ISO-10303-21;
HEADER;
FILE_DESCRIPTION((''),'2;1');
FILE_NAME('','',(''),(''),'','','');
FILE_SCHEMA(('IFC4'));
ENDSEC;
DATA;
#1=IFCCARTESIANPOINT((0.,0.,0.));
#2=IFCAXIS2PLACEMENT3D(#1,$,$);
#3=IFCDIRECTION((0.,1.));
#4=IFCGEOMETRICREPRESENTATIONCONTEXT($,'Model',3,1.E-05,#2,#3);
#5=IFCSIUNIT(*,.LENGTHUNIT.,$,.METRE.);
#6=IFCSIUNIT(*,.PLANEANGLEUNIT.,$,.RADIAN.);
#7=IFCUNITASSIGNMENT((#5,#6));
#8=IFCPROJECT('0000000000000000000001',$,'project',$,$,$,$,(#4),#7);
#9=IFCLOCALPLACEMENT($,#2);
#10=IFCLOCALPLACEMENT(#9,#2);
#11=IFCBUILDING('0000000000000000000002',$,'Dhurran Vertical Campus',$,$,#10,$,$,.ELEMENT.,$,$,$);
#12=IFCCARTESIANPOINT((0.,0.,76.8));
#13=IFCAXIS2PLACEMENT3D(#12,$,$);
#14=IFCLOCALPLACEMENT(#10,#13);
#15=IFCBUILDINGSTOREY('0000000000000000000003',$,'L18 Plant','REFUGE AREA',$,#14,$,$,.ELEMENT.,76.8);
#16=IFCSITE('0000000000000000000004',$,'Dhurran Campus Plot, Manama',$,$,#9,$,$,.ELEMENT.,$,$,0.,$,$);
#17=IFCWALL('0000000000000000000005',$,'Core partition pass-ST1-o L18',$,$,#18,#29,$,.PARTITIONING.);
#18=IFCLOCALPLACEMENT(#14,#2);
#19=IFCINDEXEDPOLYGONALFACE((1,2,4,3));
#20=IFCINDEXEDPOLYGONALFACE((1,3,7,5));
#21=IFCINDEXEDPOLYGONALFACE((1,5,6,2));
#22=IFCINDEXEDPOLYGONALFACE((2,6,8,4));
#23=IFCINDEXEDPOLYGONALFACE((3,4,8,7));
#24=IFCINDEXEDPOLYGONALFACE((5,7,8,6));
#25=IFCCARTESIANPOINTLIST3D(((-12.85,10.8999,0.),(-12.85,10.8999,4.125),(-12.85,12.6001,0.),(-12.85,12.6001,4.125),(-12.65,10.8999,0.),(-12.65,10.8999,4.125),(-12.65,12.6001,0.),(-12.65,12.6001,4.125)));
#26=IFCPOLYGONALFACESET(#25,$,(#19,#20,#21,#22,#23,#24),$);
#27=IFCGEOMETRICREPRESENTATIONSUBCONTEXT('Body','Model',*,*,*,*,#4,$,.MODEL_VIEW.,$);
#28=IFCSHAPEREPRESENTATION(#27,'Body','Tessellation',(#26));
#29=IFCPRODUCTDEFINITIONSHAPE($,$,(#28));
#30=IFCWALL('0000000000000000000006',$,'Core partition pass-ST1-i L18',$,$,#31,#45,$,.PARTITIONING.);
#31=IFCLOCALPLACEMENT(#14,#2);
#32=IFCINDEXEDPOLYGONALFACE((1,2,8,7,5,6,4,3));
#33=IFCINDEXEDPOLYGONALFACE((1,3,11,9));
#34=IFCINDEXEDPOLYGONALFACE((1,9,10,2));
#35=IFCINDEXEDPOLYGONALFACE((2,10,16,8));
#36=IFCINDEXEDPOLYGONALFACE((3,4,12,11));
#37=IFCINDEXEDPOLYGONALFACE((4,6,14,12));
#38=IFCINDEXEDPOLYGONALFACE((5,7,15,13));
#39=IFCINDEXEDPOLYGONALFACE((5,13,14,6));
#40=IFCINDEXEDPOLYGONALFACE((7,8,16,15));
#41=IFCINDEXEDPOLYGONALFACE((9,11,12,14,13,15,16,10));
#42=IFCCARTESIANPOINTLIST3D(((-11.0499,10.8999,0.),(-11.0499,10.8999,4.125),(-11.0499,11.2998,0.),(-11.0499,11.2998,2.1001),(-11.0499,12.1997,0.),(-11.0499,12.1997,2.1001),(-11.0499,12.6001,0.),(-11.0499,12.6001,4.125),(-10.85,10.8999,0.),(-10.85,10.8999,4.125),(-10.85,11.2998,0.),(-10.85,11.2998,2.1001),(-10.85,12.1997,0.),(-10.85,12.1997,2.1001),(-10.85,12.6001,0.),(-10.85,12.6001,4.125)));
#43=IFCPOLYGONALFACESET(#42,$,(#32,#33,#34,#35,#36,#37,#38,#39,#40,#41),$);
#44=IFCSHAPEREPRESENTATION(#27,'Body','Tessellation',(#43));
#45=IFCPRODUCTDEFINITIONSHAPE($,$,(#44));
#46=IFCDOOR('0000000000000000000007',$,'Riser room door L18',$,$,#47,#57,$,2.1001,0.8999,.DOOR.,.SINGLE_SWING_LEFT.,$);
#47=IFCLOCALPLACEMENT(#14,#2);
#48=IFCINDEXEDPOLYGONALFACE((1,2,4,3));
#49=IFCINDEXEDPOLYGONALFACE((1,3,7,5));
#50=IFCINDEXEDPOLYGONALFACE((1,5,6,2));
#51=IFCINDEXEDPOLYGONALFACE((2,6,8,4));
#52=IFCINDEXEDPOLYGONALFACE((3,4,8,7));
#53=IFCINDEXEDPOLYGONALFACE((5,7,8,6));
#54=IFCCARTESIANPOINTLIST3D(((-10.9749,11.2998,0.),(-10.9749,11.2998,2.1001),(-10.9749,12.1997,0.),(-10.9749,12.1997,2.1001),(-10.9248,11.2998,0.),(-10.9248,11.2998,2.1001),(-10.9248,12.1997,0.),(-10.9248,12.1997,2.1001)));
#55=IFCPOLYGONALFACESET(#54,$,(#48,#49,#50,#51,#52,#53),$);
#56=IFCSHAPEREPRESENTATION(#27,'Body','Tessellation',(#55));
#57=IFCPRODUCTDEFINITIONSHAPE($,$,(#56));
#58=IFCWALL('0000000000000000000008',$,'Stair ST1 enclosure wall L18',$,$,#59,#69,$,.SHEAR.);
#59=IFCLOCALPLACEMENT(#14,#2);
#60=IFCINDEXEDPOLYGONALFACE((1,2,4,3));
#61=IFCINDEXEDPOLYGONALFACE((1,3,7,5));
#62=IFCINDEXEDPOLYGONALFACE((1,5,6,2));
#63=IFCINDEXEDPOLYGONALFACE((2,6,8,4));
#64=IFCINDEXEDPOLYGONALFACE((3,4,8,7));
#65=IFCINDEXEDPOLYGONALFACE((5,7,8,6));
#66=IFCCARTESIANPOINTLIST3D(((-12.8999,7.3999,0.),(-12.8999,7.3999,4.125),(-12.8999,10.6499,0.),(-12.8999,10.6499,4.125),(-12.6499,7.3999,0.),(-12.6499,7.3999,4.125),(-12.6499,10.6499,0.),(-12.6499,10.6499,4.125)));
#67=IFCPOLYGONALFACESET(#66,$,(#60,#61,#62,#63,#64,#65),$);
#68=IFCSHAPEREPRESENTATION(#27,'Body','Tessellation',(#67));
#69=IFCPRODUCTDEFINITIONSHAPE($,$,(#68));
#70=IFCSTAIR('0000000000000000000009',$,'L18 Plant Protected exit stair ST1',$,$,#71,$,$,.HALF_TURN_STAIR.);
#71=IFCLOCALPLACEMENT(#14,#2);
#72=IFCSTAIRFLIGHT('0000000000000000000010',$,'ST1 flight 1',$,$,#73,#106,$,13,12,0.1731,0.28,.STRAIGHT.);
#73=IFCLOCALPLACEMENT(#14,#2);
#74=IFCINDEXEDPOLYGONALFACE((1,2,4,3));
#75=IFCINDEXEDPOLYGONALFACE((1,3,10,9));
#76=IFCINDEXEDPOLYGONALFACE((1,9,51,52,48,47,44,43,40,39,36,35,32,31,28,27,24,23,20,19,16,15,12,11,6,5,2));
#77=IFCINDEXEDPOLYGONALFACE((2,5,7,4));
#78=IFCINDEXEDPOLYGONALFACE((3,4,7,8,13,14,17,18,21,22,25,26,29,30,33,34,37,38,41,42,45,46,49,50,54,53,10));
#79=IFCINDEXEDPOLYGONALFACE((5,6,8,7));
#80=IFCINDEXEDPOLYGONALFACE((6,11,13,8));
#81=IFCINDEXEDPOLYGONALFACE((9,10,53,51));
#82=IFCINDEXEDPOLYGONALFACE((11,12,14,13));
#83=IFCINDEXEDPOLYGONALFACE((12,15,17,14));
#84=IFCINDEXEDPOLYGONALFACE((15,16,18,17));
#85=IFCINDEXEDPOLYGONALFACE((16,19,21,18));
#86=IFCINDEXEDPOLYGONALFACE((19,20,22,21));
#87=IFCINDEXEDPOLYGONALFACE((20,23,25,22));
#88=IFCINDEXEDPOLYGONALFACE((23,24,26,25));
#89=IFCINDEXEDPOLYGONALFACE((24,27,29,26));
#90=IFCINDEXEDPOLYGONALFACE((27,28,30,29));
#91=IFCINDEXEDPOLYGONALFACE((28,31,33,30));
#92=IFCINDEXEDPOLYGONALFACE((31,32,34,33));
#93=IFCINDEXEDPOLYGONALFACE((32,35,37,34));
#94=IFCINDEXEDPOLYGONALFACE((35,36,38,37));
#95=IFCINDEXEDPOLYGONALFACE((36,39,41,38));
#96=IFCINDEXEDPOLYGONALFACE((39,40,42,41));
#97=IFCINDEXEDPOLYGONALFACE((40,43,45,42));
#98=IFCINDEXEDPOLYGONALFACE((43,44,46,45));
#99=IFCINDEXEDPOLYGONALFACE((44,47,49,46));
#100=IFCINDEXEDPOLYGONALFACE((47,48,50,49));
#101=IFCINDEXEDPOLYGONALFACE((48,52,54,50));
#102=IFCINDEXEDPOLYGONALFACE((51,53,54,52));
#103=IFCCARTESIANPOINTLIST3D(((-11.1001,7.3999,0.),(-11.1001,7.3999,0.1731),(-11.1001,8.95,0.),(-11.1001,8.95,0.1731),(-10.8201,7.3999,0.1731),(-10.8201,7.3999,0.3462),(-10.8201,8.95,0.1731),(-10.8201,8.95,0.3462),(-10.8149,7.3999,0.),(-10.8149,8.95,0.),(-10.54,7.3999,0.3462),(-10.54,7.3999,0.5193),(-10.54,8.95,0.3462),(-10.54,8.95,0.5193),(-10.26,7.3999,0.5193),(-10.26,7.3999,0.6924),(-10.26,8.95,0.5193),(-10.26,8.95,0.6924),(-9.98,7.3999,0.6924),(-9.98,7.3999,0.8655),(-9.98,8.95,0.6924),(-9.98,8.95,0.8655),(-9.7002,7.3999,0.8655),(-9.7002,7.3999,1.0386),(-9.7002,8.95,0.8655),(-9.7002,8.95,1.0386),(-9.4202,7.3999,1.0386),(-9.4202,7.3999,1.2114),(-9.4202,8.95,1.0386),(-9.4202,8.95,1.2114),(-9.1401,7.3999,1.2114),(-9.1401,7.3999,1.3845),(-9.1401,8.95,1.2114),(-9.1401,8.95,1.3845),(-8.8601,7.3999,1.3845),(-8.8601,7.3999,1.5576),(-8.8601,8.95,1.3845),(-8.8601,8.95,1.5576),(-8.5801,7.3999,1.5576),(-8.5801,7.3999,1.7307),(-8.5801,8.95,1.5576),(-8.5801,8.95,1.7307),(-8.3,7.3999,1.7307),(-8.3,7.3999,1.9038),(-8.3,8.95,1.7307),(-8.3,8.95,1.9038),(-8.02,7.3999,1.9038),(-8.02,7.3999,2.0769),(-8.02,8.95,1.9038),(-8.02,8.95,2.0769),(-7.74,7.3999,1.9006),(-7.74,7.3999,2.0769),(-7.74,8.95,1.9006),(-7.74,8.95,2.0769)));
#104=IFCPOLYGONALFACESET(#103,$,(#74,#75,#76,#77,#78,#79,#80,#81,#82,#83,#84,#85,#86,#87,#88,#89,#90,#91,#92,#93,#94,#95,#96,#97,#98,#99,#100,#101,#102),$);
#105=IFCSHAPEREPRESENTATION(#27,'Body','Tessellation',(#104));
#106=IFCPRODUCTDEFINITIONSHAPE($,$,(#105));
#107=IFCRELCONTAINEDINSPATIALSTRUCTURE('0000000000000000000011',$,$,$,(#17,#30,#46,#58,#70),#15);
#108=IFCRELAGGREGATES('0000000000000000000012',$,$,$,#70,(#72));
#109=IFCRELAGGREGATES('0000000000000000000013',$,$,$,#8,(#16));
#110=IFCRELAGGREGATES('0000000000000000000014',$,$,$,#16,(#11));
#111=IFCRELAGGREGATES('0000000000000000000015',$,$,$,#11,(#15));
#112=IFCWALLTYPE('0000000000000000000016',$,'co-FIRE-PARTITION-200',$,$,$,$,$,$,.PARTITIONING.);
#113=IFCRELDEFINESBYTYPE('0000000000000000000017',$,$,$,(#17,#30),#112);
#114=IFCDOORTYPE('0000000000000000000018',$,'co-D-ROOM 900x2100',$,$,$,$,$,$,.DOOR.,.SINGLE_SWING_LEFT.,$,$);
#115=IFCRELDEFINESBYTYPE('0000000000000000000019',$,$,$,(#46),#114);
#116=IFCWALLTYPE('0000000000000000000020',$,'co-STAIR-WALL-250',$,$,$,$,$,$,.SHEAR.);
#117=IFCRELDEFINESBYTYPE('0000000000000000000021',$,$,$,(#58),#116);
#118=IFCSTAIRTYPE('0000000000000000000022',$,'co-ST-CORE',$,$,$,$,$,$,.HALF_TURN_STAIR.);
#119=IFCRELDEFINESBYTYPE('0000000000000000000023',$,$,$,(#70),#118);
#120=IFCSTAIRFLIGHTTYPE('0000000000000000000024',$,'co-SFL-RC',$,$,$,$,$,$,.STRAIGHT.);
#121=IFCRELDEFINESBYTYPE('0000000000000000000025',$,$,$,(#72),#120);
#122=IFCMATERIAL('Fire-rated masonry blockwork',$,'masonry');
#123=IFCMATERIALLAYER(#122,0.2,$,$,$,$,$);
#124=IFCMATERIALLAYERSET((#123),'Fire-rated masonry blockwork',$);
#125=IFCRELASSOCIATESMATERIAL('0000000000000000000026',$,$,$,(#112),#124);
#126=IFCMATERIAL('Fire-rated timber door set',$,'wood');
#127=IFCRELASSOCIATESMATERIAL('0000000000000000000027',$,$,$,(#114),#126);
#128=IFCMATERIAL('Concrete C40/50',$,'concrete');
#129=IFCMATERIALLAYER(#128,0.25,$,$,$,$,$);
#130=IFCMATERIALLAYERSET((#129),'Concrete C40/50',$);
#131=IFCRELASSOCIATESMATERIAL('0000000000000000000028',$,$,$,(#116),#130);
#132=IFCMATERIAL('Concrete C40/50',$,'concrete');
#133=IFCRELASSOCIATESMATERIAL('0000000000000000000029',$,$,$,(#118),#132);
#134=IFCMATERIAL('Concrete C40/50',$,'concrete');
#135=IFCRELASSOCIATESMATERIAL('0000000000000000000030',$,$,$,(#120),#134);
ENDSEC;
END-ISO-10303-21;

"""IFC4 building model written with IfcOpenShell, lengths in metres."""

from ifc_helpers import new_model, si_unit, direction, frame, frame_2d, origin, place, context, subcontext, project, spatial, polyline, rectangle, outline, extrude, material, layer, layer_set, type_object, element, fill, aggregate, save


model = new_model("IFC4")

# Units and contexts
model_context = context("Model", 3, precision=1e-05, world=origin(), true_north=direction((0.0, 1.0)))
body_context = subcontext(model_context, "Body", "Model", "MODEL_VIEW")
ifc_project = project(units=[si_unit("LENGTHUNIT", "METRE"), si_unit("PLANEANGLEUNIT", "RADIAN")], contexts=[model_context])

# Site, building, storey
site_placement = place(None, origin())
site = spatial("IfcSite", under=ifc_project, at=site_placement, Name="Dhurran Campus Plot, Manama", CompositionType="ELEMENT", RefElevation=0.0)
building_placement = place(site_placement, origin())
building = spatial("IfcBuilding", under=site, at=building_placement, Name="Dhurran Vertical Campus", CompositionType="ELEMENT")
storey_placement = place(building_placement, frame((0.0, 0.0, 76.8)))
storey = spatial("IfcBuildingStorey", under=building, at=storey_placement, Name="L18 Plant", Description="REFUGE AREA", CompositionType="ELEMENT", Elevation=76.8)

# Wall
ifc_material_1 = material(Name="Fire-rated masonry blockwork", Category="masonry")
ifc_layer_1 = layer(ifc_material_1, 0.2)
ifc_layer_set_1 = layer_set([ifc_layer_1], Name="Fire-rated masonry blockwork")
wall_type_1 = type_object("IfcWallType", Name="co-FIRE-PARTITION-200", PredefinedType="PARTITIONING", material=ifc_layer_set_1)
wall_1_placement = place(storey_placement, frame((-12.75, 10.8999, 0.0), z_axis=(0.0, 0.0, 1.0), x_axis=(0.0, 1.0, 0.0)))
element("IfcWall", 1, at=wall_1_placement, inside=storey, type_object=wall_type_1, Name="Core partition pass-ST1-o L18", PredefinedType="PARTITIONING", context=body_context, shape_type="SweptSolid", body=[
    extrude(rectangle(XDim=1.7002, YDim=0.2, at=frame_2d((0.8501, 0.0))), origin(), (0.0, 0.0, 1.0), 4.125),
])

# Wall, opening, door
wall_2_placement = place(storey_placement, frame((-10.95, 10.8999, 0.0), z_axis=(0.0, 0.0, 1.0), x_axis=(0.0, 1.0, 0.0)))
wall_2 = element("IfcWall", 2, at=wall_2_placement, inside=storey, type_object=wall_type_1, Name="Core partition pass-ST1-i L18", PredefinedType="PARTITIONING", context=body_context, shape_type="SweptSolid", body=[
    extrude(rectangle(XDim=1.7002, YDim=0.2, at=frame_2d((0.8501, 0.0))), origin(), (0.0, 0.0, 1.0), 4.125),
])
opening_placement = place(wall_2_placement, frame((0.3999, 0.0, 0.0)))
opening = element("IfcOpeningElement", 3, at=opening_placement, cuts=wall_2, PredefinedType="OPENING", context=body_context, shape_type="SweptSolid", body=[
    extrude(rectangle(XDim=0.8999, YDim=2.1001, at=frame_2d((0.45, 1.05))), frame((0.0, 0.1099, 0.0), z_axis=(0.0, -1.0, 0.0), x_axis=(1.0, 0.0, 0.0)), (0.0, 0.0, 1.0), 0.22),
])
ifc_material_2 = material(Name="Fire-rated timber door set", Category="wood")
door_type = type_object("IfcDoorType", Name="co-D-ROOM 900x2100", OperationType="SINGLE_SWING_LEFT", PredefinedType="DOOR", material=ifc_material_2)
door_placement = place(opening_placement, origin())
door = element("IfcDoor", 4, at=door_placement, inside=storey, type_object=door_type, Name="Riser room door L18", OperationType="SINGLE_SWING_LEFT", OverallHeight=2.1001, OverallWidth=0.8999, PredefinedType="DOOR", context=body_context, shape_type="SweptSolid", body=[
    extrude(rectangle(XDim=0.8999, YDim=2.1001, at=frame_2d((0.45, 1.05))), frame((0.0, 0.0249, 0.0), z_axis=(0.0, -1.0, 0.0), x_axis=(1.0, 0.0, 0.0)), (0.0, 0.0, 1.0), 0.05),
])
fill(opening, door)

# Wall
ifc_material_3 = material(Name="Concrete C40/50", Category="concrete")
ifc_layer_2 = layer(ifc_material_3, 0.25)
ifc_layer_set_2 = layer_set([ifc_layer_2], Name="Concrete C40/50")
wall_type_2 = type_object("IfcWallType", Name="co-STAIR-WALL-250", PredefinedType="SHEAR", material=ifc_layer_set_2)
wall_3_placement = place(storey_placement, frame((-12.7749, 7.3999, 0.0), z_axis=(0.0, 0.0, 1.0), x_axis=(0.0, 1.0, 0.0)))
element("IfcWall", 5, at=wall_3_placement, inside=storey, type_object=wall_type_2, Name="Stair ST1 enclosure wall L18", PredefinedType="SHEAR", context=body_context, shape_type="SweptSolid", body=[
    extrude(rectangle(XDim=3.25, YDim=0.25, at=frame_2d((1.625, 0.0))), origin(), (0.0, 0.0, 1.0), 4.125),
])

# Stair, stair flight
ifc_material_4 = material(Name="Concrete C40/50", Category="concrete")
stair_type = type_object("IfcStairType", Name="co-ST-CORE", PredefinedType="HALF_TURN_STAIR", material=ifc_material_4)
stair_placement = place(storey_placement, origin())
stair = element("IfcStair", 6, at=stair_placement, inside=storey, type_object=stair_type, Name="L18 Plant Protected exit stair ST1", PredefinedType="HALF_TURN_STAIR")
ifc_material_5 = material(Name="Concrete C40/50", Category="concrete")
stair_flight_type = type_object("IfcStairFlightType", Name="co-SFL-RC", PredefinedType="STRAIGHT", material=ifc_material_5)
stair_flight_placement = place(storey_placement, frame((-11.1001, 8.175, 0.0), z_axis=(0.0, 0.0, 1.0), x_axis=(1.0, 0.0, 0.0)))
stair_flight = element("IfcStairFlight", 7, at=stair_flight_placement, type_object=stair_flight_type, Name="ST1 flight 1", NumberOfRisers=13, NumberOfTreads=12, PredefinedType="STRAIGHT", RiserHeight=0.1731, TreadLength=0.28, context=body_context, shape_type="SweptSolid", body=[
    extrude(outline(polyline([(0.0, 0.0), (0.0, 0.1731), (0.28, 0.1731), (0.28, 0.3462), (0.5601, 0.3462), (0.5601, 0.5193), (0.8401, 0.5193), (0.8401, 0.6924), (1.1201, 0.6924), (1.1201, 0.8655), (1.3999, 0.8655), (1.3999, 1.0386), (1.6799, 1.0386), (1.6799, 1.2114), (1.96, 1.2114), (1.96, 1.3845), (2.24, 1.3845), (2.24, 1.5576), (2.52, 1.5576), (2.52, 1.7307), (2.8, 1.7307), (2.8, 1.9038), (3.0801, 1.9038), (3.0801, 2.0769), (3.3601, 2.0769), (3.3601, 2.25), (3.3601, 1.9006), (0.2852, 0.0), (0.0, 0.0)])), frame((0.0, 0.7749, 0.0), z_axis=(0.0, -1.0, 0.0), x_axis=(1.0, 0.0, 0.0)), (0.0, 0.0, 1.0), 1.55),
])
aggregate(stair, [stair_flight])

save(model, "model.ifc")
